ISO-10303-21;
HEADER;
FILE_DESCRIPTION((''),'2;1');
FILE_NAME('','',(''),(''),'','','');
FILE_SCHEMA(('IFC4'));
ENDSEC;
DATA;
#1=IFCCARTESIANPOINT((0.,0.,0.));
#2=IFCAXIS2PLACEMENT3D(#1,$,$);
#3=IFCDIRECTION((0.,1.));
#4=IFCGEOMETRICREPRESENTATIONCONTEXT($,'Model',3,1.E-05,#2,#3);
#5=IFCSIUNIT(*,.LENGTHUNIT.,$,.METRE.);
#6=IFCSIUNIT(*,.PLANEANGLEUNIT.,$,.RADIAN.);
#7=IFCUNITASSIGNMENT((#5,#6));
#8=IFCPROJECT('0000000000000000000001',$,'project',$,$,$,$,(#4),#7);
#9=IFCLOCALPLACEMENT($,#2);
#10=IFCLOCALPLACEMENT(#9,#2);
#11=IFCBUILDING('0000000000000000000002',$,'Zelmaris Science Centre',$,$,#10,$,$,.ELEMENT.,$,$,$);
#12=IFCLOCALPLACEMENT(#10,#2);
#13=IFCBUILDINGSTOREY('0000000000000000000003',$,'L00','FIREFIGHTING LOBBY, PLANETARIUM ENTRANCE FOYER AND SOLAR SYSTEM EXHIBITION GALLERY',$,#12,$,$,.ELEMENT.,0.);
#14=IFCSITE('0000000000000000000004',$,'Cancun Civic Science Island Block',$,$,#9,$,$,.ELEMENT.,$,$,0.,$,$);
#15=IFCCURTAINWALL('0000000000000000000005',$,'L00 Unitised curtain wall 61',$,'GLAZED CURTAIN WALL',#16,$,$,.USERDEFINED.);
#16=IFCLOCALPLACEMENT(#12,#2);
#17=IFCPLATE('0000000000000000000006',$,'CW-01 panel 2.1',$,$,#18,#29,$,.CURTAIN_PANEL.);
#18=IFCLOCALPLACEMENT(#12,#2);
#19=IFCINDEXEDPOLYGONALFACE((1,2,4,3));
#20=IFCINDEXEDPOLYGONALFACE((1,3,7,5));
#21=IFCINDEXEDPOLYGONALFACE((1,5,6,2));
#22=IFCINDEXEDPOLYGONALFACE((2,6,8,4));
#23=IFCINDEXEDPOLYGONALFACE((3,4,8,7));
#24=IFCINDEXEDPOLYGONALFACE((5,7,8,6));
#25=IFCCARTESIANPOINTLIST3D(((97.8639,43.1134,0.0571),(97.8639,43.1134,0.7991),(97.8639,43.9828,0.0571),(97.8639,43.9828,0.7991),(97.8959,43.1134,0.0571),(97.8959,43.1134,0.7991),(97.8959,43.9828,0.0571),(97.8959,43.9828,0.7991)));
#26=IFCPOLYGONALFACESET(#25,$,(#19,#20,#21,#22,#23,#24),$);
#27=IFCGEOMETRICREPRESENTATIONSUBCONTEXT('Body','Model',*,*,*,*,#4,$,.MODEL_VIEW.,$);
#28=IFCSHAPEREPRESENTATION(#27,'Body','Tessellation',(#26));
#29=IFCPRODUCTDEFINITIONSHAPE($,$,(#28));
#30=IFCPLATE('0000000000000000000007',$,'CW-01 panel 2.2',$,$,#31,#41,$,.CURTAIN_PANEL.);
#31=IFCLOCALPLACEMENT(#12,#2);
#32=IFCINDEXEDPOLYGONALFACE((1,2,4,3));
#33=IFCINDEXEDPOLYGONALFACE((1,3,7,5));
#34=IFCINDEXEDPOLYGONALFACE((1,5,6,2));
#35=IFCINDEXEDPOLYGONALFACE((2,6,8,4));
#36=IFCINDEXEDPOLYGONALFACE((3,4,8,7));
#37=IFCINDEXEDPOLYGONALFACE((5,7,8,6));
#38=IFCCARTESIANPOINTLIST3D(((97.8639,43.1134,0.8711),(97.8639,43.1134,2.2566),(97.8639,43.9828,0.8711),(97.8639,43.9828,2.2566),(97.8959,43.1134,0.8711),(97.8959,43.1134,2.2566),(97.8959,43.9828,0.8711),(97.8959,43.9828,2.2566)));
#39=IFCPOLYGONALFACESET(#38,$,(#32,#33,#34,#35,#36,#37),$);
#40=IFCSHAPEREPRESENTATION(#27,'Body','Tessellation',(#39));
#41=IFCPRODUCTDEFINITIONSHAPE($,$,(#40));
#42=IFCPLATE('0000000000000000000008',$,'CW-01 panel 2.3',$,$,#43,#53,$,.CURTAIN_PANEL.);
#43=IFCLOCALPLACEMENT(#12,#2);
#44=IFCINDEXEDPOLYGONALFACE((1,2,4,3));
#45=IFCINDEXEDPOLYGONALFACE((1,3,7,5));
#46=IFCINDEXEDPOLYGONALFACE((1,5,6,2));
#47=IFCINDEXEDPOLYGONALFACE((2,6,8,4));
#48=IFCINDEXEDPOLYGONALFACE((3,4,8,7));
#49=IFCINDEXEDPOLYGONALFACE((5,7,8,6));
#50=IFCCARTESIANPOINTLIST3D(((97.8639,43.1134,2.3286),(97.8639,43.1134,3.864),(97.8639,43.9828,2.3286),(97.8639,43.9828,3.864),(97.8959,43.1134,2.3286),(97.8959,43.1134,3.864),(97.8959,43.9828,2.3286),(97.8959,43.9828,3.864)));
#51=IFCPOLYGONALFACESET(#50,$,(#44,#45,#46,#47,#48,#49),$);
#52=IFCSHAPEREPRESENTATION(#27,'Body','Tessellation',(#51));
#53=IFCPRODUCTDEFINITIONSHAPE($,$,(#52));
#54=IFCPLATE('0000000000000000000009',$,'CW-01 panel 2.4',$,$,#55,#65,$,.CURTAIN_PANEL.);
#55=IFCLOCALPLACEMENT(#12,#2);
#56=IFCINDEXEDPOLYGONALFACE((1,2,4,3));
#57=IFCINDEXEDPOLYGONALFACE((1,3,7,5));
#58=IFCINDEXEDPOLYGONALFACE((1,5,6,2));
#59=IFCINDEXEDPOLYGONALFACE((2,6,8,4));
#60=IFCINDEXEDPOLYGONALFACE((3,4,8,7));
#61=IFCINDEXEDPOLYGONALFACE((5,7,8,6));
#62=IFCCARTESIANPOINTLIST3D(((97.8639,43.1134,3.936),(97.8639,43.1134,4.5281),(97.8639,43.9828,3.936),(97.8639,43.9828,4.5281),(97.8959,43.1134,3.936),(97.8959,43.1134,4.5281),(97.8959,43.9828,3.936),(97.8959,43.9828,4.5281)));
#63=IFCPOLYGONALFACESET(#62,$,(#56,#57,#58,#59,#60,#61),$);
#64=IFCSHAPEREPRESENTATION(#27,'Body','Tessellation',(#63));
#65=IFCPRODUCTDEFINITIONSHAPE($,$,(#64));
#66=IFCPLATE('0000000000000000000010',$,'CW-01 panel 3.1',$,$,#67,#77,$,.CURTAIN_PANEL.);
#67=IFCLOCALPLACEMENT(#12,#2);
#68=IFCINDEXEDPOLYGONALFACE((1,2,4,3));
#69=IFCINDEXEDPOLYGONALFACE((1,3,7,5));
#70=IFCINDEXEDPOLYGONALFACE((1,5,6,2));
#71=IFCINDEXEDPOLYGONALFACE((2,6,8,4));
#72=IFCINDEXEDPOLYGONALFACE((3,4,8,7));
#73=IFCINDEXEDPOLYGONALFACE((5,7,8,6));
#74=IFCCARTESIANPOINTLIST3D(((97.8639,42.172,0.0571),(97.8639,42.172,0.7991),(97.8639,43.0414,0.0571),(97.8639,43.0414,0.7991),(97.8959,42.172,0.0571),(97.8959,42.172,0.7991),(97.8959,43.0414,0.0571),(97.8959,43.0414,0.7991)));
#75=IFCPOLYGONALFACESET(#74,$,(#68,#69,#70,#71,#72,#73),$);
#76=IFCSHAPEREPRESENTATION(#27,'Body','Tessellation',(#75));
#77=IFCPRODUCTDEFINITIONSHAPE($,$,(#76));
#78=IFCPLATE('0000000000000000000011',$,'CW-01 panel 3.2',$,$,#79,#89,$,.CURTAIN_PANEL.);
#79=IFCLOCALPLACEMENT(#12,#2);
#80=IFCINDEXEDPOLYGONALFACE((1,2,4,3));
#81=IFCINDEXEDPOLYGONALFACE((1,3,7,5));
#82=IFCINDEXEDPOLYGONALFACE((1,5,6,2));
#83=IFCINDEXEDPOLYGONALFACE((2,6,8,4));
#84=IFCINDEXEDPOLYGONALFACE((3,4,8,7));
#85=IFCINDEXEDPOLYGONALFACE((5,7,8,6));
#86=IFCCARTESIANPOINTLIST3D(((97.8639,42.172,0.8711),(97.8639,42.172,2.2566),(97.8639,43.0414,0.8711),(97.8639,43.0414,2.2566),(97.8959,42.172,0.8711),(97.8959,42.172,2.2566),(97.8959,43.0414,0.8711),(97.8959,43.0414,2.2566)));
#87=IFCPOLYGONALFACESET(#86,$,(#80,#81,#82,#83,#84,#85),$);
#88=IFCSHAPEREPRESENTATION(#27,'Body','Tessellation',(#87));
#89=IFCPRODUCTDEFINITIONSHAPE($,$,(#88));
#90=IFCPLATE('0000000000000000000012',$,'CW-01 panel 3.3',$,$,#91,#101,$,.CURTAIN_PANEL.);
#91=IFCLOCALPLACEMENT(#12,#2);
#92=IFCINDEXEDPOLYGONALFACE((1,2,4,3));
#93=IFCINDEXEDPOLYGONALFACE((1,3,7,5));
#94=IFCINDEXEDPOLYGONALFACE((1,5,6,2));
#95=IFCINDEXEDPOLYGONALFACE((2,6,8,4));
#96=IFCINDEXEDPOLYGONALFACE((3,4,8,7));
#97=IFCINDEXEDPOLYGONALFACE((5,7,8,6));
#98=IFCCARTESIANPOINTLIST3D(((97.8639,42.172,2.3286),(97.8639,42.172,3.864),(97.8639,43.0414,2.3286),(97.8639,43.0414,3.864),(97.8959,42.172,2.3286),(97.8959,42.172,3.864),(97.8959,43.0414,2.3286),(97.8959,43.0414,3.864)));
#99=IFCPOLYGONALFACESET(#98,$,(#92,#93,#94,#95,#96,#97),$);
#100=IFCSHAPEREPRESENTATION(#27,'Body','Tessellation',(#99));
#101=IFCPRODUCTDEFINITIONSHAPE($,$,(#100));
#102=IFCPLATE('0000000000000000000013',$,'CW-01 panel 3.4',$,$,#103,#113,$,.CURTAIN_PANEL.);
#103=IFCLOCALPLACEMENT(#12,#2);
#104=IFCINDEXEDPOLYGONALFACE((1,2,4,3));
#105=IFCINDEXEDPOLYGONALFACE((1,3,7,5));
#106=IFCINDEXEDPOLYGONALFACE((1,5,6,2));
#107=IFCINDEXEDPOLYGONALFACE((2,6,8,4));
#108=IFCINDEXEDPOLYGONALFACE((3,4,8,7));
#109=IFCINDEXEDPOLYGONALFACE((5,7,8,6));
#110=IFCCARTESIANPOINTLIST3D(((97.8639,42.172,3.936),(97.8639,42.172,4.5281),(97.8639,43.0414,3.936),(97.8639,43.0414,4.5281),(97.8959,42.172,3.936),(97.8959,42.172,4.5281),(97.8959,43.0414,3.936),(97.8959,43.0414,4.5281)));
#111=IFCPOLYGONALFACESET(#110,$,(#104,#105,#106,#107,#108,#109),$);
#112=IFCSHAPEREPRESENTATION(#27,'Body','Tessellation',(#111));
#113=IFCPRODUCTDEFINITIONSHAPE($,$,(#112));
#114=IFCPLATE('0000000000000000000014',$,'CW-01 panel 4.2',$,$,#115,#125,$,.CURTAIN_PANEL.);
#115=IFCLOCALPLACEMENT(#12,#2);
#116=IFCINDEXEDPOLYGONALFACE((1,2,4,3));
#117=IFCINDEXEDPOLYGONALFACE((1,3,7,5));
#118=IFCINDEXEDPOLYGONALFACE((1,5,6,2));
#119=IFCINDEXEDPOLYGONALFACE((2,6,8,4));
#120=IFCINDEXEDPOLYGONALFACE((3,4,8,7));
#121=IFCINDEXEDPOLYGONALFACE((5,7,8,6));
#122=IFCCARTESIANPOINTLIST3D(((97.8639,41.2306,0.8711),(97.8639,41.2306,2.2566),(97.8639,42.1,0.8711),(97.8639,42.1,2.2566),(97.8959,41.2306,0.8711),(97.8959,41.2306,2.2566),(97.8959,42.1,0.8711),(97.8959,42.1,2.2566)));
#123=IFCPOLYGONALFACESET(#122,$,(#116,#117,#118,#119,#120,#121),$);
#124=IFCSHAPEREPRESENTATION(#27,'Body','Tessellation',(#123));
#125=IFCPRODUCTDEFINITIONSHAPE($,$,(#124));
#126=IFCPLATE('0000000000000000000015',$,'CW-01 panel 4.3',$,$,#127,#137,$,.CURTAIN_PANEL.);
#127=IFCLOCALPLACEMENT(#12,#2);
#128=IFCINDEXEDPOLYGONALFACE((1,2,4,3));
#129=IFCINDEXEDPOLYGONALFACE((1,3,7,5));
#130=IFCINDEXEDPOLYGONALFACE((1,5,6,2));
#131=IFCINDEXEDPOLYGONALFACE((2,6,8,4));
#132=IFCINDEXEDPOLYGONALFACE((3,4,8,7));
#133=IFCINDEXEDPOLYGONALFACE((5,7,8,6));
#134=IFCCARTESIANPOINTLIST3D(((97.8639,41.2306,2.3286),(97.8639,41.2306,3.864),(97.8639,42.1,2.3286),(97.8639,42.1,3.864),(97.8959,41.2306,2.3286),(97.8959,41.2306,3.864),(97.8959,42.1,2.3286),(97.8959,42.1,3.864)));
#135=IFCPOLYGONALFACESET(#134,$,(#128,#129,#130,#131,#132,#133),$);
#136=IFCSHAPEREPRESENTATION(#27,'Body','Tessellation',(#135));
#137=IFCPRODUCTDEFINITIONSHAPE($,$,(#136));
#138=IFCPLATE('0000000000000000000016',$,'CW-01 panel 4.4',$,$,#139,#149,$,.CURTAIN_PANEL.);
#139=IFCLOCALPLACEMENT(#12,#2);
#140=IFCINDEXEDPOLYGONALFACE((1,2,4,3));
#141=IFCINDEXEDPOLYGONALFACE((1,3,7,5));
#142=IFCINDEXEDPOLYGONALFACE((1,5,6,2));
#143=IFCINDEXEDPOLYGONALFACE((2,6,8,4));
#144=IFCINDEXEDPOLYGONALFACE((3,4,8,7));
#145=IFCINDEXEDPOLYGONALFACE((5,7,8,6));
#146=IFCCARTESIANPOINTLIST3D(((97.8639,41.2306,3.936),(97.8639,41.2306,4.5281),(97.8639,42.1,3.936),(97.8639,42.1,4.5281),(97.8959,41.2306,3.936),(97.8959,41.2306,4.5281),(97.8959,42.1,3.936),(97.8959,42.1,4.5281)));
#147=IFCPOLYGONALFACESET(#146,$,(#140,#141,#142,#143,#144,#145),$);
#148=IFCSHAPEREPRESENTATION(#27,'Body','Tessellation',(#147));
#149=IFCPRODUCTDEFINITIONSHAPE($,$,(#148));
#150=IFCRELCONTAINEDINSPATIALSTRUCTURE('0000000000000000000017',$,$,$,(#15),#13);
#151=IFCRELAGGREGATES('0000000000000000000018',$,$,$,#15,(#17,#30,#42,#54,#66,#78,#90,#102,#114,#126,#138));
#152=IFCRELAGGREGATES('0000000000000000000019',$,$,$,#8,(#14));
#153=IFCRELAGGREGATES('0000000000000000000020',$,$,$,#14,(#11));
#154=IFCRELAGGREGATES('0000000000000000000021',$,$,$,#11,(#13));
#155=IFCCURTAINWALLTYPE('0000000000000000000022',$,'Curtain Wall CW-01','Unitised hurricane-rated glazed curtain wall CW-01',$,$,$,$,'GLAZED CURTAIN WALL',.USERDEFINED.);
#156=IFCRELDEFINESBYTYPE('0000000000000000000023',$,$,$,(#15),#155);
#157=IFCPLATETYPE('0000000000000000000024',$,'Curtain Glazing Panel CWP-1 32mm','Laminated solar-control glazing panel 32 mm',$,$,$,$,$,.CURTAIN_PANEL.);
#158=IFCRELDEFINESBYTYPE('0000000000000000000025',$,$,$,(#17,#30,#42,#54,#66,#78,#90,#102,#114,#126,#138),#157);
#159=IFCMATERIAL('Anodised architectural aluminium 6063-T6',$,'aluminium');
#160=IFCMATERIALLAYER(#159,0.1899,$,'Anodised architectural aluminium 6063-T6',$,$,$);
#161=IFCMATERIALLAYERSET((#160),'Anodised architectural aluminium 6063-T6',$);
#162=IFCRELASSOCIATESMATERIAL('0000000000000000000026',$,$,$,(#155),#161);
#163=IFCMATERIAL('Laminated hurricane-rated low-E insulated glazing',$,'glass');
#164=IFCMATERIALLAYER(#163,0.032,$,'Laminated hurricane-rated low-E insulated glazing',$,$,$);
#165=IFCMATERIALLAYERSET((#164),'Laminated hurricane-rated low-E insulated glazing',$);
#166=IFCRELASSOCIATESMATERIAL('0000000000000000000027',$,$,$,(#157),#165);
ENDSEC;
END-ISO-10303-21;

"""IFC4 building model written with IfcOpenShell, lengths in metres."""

from ifc_helpers import new_model, si_unit, direction, frame, origin, origin_2d, place, context, subcontext, project, spatial, rectangle, extrude, material, layer, layer_set, type_object, element, aggregate, save


model = new_model("IFC4")

# Units and contexts
model_context = context("Model", 3, precision=1e-05, world=origin(), true_north=direction((0.0, 1.0)))
body_context = subcontext(model_context, "Body", "Model", "MODEL_VIEW")
ifc_project = project(units=[si_unit("LENGTHUNIT", "METRE"), si_unit("PLANEANGLEUNIT", "RADIAN")], contexts=[model_context])

# Site, building, storey
site_placement = place(None, origin())
site = spatial("IfcSite", under=ifc_project, at=site_placement, Name="Cancun Civic Science Island Block", CompositionType="ELEMENT", RefElevation=0.0)
building_placement = place(site_placement, origin())
building = spatial("IfcBuilding", under=site, at=building_placement, Name="Zelmaris Science Centre", CompositionType="ELEMENT")
storey_placement = place(building_placement, origin())
storey = spatial("IfcBuildingStorey", under=building, at=storey_placement, Name="L00", Description="FIREFIGHTING LOBBY, PLANETARIUM ENTRANCE FOYER AND SOLAR SYSTEM EXHIBITION GALLERY", CompositionType="ELEMENT", Elevation=0.0)

# Curtain wall, plates
ifc_material_1 = material(Name="Anodised architectural aluminium 6063-T6", Category="aluminium")
ifc_layer_1 = layer(ifc_material_1, 0.1899, Name="Anodised architectural aluminium 6063-T6")
ifc_layer_set_1 = layer_set([ifc_layer_1], Name="Anodised architectural aluminium 6063-T6")
curtain_wall_type = type_object("IfcCurtainWallType", Name="Curtain Wall CW-01", Description="Unitised hurricane-rated glazed curtain wall CW-01", ElementType="GLAZED CURTAIN WALL", PredefinedType="USERDEFINED", material=ifc_layer_set_1)
curtain_wall_placement = place(storey_placement, origin())
curtain_wall = element("IfcCurtainWall", 1, at=curtain_wall_placement, inside=storey, type_object=curtain_wall_type, Name="L00 Unitised curtain wall 61", ObjectType="GLAZED CURTAIN WALL", PredefinedType="USERDEFINED")
ifc_material_2 = material(Name="Laminated hurricane-rated low-E insulated glazing", Category="glass")
ifc_layer_2 = layer(ifc_material_2, 0.032, Name="Laminated hurricane-rated low-E insulated glazing")
ifc_layer_set_2 = layer_set([ifc_layer_2], Name="Laminated hurricane-rated low-E insulated glazing")
plate_type = type_object("IfcPlateType", Name="Curtain Glazing Panel CWP-1 32mm", Description="Laminated solar-control glazing panel 32 mm", PredefinedType="CURTAIN_PANEL", material=ifc_layer_set_2)
plate_1_placement = place(storey_placement, frame((97.8799, 43.5481, 0.0571), z_axis=(0.0, 0.0, 1.0), x_axis=(0.000021, -1.0, 0.0)))
plate_1 = element("IfcPlate", 2, at=plate_1_placement, type_object=plate_type, Name="CW-01 panel 2.1", PredefinedType="CURTAIN_PANEL", context=body_context, shape_type="SweptSolid", body=[
    extrude(rectangle(XDim=0.8694, YDim=0.032, at=origin_2d()), origin(), (0.0, 0.0, 1.0), 0.7419),
])
plate_2_placement = place(storey_placement, frame((97.8799, 43.5481, 0.8711), z_axis=(0.0, 0.0, 1.0), x_axis=(0.000021, -1.0, 0.0)))
plate_2 = element("IfcPlate", 3, at=plate_2_placement, type_object=plate_type, Name="CW-01 panel 2.2", PredefinedType="CURTAIN_PANEL", context=body_context, shape_type="SweptSolid", body=[
    extrude(rectangle(XDim=0.8694, YDim=0.032, at=origin_2d()), origin(), (0.0, 0.0, 1.0), 1.3855),
])
plate_3_placement = place(storey_placement, frame((97.8799, 43.5481, 2.3286), z_axis=(0.0, 0.0, 1.0), x_axis=(0.000021, -1.0, 0.0)))
plate_3 = element("IfcPlate", 4, at=plate_3_placement, type_object=plate_type, Name="CW-01 panel 2.3", PredefinedType="CURTAIN_PANEL", context=body_context, shape_type="SweptSolid", body=[
    extrude(rectangle(XDim=0.8694, YDim=0.032, at=origin_2d()), origin(), (0.0, 0.0, 1.0), 1.5354),
])
plate_4_placement = place(storey_placement, frame((97.8799, 43.5481, 3.936), z_axis=(0.0, 0.0, 1.0), x_axis=(0.000021, -1.0, 0.0)))
plate_4 = element("IfcPlate", 5, at=plate_4_placement, type_object=plate_type, Name="CW-01 panel 2.4", PredefinedType="CURTAIN_PANEL", context=body_context, shape_type="SweptSolid", body=[
    extrude(rectangle(XDim=0.8694, YDim=0.032, at=origin_2d()), origin(), (0.0, 0.0, 1.0), 0.592),
])
plate_5_placement = place(storey_placement, frame((97.8799, 42.6067, 0.0571), z_axis=(0.0, 0.0, 1.0), x_axis=(0.000021, -1.0, 0.0)))
plate_5 = element("IfcPlate", 6, at=plate_5_placement, type_object=plate_type, Name="CW-01 panel 3.1", PredefinedType="CURTAIN_PANEL", context=body_context, shape_type="SweptSolid", body=[
    extrude(rectangle(XDim=0.8694, YDim=0.032, at=origin_2d()), origin(), (0.0, 0.0, 1.0), 0.7419),
])
plate_6_placement = place(storey_placement, frame((97.8799, 42.6067, 0.8711), z_axis=(0.0, 0.0, 1.0), x_axis=(0.000021, -1.0, 0.0)))
plate_6 = element("IfcPlate", 7, at=plate_6_placement, type_object=plate_type, Name="CW-01 panel 3.2", PredefinedType="CURTAIN_PANEL", context=body_context, shape_type="SweptSolid", body=[
    extrude(rectangle(XDim=0.8694, YDim=0.032, at=origin_2d()), origin(), (0.0, 0.0, 1.0), 1.3855),
])
plate_7_placement = place(storey_placement, frame((97.8799, 42.6067, 2.3286), z_axis=(0.0, 0.0, 1.0), x_axis=(0.000021, -1.0, 0.0)))
plate_7 = element("IfcPlate", 8, at=plate_7_placement, type_object=plate_type, Name="CW-01 panel 3.3", PredefinedType="CURTAIN_PANEL", context=body_context, shape_type="SweptSolid", body=[
    extrude(rectangle(XDim=0.8694, YDim=0.032, at=origin_2d()), origin(), (0.0, 0.0, 1.0), 1.5354),
])
plate_8_placement = place(storey_placement, frame((97.8799, 42.6067, 3.936), z_axis=(0.0, 0.0, 1.0), x_axis=(0.000021, -1.0, 0.0)))
plate_8 = element("IfcPlate", 9, at=plate_8_placement, type_object=plate_type, Name="CW-01 panel 3.4", PredefinedType="CURTAIN_PANEL", context=body_context, shape_type="SweptSolid", body=[
    extrude(rectangle(XDim=0.8694, YDim=0.032, at=origin_2d()), origin(), (0.0, 0.0, 1.0), 0.592),
])
plate_9_placement = place(storey_placement, frame((97.8799, 41.6653, 0.8711), z_axis=(0.0, 0.0, 1.0), x_axis=(0.000021, -1.0, 0.0)))
plate_9 = element("IfcPlate", 10, at=plate_9_placement, type_object=plate_type, Name="CW-01 panel 4.2", PredefinedType="CURTAIN_PANEL", context=body_context, shape_type="SweptSolid", body=[
    extrude(rectangle(XDim=0.8694, YDim=0.032, at=origin_2d()), origin(), (0.0, 0.0, 1.0), 1.3855),
])
plate_10_placement = place(storey_placement, frame((97.8799, 41.6653, 2.3286), z_axis=(0.0, 0.0, 1.0), x_axis=(0.000021, -1.0, 0.0)))
plate_10 = element("IfcPlate", 11, at=plate_10_placement, type_object=plate_type, Name="CW-01 panel 4.3", PredefinedType="CURTAIN_PANEL", context=body_context, shape_type="SweptSolid", body=[
    extrude(rectangle(XDim=0.8694, YDim=0.032, at=origin_2d()), origin(), (0.0, 0.0, 1.0), 1.5354),
])
plate_11_placement = place(storey_placement, frame((97.8799, 41.6653, 3.936), z_axis=(0.0, 0.0, 1.0), x_axis=(0.000021, -1.0, 0.0)))
plate_11 = element("IfcPlate", 12, at=plate_11_placement, type_object=plate_type, Name="CW-01 panel 4.4", PredefinedType="CURTAIN_PANEL", context=body_context, shape_type="SweptSolid", body=[
    extrude(rectangle(XDim=0.8694, YDim=0.032, at=origin_2d()), origin(), (0.0, 0.0, 1.0), 0.592),
])
aggregate(curtain_wall, [plate_1, plate_2, plate_3, plate_4, plate_5, plate_6, plate_7, plate_8, plate_9, plate_10, plate_11])

save(model, "model.ifc")
